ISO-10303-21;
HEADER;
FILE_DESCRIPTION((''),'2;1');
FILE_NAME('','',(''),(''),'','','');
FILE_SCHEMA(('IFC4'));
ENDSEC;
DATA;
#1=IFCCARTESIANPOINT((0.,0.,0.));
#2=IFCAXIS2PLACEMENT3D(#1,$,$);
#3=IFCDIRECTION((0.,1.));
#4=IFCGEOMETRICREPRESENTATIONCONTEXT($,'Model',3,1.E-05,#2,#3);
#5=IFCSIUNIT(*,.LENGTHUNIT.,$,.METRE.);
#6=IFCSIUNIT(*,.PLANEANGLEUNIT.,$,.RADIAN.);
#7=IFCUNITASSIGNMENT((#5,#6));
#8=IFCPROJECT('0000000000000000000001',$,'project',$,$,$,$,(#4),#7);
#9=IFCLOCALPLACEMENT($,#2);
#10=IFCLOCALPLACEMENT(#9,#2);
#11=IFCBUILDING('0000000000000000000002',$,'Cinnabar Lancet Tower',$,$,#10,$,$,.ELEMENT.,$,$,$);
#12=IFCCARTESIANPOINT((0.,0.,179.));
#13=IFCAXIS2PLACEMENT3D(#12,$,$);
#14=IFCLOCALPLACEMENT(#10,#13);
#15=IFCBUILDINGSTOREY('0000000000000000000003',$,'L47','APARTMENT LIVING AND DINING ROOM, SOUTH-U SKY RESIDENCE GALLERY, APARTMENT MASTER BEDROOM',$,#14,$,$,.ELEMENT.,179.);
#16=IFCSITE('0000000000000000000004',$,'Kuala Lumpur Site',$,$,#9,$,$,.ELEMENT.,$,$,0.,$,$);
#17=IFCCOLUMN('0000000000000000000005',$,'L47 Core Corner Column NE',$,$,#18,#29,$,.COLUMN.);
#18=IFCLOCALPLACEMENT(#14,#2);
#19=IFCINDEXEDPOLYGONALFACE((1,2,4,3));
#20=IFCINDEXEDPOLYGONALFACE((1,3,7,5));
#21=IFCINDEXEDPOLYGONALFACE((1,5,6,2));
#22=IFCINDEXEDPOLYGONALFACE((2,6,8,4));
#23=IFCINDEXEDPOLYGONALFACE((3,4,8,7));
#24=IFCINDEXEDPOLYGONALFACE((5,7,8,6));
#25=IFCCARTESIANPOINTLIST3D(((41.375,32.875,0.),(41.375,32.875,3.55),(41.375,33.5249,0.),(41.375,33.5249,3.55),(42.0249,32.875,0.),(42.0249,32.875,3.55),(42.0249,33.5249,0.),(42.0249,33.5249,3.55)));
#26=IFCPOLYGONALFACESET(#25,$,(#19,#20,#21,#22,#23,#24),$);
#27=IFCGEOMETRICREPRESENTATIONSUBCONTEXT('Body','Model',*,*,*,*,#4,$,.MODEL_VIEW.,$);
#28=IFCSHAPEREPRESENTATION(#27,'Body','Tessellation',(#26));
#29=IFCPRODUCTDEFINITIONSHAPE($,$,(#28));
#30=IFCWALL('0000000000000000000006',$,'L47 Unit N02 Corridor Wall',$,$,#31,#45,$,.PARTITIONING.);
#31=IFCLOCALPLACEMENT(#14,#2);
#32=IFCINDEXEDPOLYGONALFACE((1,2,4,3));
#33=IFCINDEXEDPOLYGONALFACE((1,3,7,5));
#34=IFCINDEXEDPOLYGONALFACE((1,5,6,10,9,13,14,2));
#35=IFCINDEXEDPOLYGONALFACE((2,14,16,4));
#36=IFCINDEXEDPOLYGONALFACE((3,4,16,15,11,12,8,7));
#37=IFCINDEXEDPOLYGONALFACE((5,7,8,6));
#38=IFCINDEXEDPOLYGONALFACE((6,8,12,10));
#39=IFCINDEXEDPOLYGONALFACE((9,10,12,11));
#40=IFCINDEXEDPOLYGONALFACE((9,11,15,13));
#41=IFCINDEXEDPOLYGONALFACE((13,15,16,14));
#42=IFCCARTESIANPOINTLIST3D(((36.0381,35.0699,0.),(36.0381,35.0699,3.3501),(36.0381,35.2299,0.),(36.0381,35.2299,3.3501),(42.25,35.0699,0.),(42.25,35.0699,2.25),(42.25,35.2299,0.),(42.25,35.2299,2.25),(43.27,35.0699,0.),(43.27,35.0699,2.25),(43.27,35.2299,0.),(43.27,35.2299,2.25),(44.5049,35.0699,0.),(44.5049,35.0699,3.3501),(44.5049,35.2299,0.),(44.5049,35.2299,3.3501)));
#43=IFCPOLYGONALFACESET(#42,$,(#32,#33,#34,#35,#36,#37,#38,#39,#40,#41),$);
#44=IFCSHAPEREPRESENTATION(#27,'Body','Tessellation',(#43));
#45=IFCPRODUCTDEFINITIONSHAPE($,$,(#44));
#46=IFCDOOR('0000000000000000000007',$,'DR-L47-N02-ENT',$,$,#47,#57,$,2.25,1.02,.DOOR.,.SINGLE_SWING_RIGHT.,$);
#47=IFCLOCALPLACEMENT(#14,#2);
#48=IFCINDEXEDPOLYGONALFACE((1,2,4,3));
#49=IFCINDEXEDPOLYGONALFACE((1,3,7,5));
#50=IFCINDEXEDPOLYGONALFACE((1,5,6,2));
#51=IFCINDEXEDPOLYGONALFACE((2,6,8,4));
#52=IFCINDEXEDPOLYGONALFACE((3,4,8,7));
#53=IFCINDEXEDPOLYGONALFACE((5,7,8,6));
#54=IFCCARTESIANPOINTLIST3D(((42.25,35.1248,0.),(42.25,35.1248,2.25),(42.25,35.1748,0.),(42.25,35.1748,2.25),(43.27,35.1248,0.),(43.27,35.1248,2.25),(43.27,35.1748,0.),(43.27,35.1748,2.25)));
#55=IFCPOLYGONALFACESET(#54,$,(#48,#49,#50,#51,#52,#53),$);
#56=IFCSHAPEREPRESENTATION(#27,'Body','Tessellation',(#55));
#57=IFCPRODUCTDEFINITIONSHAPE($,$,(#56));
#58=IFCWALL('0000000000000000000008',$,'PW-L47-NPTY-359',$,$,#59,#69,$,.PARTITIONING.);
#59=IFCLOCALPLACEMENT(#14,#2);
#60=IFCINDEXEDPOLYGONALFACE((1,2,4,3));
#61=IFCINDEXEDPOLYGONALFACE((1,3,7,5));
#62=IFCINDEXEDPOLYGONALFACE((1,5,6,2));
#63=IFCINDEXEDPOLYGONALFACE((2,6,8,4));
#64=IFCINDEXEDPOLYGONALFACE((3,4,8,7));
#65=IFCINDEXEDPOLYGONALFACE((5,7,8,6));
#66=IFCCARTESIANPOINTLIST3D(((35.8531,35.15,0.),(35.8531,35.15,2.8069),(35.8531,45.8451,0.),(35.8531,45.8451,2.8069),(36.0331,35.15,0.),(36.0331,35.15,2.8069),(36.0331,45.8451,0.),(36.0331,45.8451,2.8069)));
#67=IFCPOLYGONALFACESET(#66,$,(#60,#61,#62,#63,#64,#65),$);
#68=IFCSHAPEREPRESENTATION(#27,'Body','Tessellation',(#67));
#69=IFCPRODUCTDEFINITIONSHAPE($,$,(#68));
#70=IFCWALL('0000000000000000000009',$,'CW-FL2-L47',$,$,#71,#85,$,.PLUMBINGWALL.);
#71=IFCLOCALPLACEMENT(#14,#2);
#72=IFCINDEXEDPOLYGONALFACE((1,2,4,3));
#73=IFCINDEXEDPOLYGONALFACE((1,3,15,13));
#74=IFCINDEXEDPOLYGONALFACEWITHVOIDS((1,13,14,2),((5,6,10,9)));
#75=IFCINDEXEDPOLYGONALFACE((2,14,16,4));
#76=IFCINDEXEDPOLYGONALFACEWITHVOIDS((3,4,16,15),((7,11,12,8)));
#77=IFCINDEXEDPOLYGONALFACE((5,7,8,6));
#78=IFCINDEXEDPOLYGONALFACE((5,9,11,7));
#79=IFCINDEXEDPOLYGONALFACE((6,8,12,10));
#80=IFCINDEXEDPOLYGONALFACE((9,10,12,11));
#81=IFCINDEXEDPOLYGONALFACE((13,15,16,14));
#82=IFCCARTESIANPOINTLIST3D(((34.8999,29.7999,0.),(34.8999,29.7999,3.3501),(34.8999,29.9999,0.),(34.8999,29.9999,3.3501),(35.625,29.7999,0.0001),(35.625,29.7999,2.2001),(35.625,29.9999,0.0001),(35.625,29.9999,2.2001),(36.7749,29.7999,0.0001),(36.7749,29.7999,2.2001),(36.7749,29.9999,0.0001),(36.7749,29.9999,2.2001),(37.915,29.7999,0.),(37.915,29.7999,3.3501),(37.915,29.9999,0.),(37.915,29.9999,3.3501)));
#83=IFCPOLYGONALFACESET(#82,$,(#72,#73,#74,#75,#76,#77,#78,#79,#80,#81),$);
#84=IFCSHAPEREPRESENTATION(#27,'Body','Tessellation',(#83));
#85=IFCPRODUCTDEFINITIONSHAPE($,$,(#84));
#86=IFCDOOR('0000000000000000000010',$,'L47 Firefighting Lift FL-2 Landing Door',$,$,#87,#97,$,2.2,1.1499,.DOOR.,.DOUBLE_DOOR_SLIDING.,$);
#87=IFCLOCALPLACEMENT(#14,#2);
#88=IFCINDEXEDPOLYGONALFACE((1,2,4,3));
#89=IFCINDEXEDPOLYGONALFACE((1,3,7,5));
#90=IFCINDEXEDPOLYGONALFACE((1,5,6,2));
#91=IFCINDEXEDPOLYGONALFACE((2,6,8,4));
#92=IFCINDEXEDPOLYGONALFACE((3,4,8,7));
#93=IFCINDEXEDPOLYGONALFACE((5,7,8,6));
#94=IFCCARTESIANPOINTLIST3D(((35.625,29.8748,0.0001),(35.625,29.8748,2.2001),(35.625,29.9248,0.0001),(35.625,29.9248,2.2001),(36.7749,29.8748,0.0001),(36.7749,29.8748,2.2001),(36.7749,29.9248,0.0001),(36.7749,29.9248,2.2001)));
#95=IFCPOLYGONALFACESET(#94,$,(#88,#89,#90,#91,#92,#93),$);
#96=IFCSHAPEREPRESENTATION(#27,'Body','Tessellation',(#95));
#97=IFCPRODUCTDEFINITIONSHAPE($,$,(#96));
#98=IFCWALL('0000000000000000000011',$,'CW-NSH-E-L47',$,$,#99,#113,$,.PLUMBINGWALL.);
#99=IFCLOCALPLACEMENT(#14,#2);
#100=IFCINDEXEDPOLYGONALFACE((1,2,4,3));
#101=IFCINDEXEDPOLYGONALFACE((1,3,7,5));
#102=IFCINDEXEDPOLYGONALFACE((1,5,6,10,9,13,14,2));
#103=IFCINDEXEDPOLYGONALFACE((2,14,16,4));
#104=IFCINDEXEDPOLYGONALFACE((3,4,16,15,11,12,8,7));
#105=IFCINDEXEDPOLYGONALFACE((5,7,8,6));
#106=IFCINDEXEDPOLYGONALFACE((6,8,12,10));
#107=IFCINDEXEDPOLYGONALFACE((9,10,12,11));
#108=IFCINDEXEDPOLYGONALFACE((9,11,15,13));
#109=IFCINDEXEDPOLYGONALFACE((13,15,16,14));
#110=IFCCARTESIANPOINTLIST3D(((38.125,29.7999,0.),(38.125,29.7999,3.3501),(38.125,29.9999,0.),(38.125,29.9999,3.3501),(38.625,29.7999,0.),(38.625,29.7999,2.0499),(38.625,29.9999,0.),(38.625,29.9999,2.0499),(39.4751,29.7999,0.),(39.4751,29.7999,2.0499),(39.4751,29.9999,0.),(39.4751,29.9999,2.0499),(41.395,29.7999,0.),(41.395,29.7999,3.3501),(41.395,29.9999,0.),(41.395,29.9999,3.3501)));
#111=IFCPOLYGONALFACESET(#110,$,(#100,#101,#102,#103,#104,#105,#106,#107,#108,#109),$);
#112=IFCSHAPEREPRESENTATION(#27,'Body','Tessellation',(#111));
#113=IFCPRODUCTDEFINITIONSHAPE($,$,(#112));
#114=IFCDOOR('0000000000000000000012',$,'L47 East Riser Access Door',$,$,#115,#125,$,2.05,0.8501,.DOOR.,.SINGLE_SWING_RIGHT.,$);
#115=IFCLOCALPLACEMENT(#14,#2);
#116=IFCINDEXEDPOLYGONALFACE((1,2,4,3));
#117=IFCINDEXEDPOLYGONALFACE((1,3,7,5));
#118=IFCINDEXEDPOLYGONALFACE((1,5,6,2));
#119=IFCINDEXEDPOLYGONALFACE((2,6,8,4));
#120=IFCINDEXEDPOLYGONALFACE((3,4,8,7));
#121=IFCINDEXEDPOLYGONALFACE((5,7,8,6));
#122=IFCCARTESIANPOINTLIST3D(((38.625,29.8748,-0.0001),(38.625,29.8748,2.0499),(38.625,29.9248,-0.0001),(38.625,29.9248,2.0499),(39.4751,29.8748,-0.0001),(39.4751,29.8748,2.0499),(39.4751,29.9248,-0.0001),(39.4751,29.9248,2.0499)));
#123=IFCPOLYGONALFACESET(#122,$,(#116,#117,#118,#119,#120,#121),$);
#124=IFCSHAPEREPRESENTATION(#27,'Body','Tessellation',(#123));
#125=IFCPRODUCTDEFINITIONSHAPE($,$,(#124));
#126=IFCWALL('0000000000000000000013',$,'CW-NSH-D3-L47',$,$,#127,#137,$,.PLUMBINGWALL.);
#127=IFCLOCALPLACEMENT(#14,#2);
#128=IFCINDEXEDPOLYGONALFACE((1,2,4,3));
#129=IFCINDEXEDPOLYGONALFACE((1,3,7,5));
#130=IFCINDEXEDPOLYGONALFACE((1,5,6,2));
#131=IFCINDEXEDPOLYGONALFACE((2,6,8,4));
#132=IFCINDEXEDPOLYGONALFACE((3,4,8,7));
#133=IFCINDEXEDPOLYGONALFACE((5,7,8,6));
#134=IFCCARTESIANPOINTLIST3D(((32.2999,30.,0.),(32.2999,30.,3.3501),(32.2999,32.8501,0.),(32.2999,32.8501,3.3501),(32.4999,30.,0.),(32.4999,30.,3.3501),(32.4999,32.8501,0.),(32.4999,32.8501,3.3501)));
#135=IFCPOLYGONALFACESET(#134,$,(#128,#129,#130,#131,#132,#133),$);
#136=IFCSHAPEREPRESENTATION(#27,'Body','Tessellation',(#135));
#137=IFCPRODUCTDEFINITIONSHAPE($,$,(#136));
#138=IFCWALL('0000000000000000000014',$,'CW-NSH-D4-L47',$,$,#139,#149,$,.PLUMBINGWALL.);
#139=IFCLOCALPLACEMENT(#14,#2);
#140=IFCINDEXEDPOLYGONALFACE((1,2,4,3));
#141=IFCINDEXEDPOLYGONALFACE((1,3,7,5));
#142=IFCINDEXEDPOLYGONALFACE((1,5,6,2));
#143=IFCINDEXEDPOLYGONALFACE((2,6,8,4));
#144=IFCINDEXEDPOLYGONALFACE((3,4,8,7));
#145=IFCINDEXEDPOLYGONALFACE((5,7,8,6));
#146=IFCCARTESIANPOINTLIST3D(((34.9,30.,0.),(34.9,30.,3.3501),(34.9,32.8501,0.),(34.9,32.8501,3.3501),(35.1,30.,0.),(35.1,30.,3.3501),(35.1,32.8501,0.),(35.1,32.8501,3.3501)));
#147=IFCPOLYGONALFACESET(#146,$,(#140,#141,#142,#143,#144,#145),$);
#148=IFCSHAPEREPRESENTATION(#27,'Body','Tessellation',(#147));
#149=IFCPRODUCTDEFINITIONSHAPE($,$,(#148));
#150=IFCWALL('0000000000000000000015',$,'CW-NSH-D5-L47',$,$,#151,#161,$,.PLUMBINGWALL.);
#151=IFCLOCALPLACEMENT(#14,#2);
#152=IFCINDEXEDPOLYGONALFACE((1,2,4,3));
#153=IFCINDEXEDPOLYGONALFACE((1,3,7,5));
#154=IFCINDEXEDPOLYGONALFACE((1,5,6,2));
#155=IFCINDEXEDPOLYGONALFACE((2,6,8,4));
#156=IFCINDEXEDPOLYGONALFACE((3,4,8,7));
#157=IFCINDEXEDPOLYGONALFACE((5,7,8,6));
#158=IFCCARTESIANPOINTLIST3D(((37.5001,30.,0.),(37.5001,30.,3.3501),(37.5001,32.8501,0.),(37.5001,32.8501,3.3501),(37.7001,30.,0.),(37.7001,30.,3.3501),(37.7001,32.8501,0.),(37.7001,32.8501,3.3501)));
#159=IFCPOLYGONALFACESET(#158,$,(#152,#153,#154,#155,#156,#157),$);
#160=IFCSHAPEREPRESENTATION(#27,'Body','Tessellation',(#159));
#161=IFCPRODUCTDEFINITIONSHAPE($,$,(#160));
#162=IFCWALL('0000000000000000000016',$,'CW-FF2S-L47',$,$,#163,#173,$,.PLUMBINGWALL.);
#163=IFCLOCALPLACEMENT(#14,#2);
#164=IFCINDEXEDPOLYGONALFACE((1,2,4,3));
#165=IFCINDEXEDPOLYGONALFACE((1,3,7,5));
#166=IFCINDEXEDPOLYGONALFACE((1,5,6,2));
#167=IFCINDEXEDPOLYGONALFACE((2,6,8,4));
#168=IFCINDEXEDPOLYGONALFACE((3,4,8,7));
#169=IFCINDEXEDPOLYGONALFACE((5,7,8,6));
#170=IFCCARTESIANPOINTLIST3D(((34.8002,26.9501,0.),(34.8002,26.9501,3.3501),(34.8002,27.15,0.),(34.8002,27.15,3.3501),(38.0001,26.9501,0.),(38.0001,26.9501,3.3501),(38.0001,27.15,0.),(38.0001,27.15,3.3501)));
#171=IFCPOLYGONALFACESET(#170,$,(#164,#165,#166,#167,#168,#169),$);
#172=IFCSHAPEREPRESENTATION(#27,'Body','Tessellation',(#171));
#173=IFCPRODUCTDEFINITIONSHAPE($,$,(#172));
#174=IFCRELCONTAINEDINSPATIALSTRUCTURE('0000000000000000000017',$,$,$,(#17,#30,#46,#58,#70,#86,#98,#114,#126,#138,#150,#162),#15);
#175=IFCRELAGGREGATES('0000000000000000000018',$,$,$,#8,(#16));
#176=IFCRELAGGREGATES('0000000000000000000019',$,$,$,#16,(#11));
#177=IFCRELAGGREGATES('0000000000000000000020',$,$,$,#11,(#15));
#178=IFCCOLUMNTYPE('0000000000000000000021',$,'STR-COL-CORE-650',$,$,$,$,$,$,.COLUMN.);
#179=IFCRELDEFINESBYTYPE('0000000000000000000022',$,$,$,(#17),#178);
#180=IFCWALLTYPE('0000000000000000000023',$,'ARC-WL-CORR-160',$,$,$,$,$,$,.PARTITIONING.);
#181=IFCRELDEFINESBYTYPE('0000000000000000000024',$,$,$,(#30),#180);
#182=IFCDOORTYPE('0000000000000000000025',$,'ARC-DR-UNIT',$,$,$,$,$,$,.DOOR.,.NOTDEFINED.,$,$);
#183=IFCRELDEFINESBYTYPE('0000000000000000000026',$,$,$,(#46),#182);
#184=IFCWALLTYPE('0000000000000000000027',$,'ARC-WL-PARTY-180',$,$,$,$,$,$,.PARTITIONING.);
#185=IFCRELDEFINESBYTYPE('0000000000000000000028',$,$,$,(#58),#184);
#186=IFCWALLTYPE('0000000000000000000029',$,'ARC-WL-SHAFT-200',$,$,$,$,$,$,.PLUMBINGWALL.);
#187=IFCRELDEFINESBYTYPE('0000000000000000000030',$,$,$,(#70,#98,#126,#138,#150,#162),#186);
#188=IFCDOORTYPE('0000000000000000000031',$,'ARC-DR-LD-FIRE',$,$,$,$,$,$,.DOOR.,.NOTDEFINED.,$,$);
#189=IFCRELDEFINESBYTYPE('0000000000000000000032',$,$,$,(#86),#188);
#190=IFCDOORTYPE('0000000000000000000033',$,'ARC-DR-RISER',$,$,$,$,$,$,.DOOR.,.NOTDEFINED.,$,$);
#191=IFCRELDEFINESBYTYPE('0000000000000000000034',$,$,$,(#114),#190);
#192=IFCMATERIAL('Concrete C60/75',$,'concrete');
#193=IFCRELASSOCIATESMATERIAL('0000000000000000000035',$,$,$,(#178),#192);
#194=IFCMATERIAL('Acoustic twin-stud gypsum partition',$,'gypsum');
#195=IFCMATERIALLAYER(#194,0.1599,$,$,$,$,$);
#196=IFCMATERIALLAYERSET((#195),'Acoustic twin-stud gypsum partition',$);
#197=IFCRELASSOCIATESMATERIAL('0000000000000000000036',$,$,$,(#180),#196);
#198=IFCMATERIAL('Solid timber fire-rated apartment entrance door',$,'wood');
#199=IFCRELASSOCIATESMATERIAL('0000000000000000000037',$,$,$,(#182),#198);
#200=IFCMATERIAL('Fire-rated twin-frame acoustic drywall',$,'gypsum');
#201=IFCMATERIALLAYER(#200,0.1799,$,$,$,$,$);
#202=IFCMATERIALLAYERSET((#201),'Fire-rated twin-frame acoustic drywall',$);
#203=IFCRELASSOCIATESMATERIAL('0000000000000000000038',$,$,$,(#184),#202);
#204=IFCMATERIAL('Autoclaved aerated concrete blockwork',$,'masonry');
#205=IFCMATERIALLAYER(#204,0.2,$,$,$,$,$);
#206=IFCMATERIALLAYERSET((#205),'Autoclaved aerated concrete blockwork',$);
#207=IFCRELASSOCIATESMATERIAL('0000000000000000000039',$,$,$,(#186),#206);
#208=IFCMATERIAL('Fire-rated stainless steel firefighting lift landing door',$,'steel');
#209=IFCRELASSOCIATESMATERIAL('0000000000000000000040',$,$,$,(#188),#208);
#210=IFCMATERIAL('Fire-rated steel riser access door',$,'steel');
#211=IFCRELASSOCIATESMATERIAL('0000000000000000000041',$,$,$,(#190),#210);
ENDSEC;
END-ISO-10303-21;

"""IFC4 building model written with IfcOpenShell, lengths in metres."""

from ifc_helpers import new_model, si_unit, direction, frame, frame_2d, origin, origin_2d, place, context, subcontext, project, spatial, rectangle, extrude, material, layer, layer_set, material_profile, profile_set, type_object, element, fill, save


model = new_model("IFC4")

# Units and contexts
model_context = context("Model", 3, precision=1e-05, world=origin(), true_north=direction((0.0, 1.0)))
body_context = subcontext(model_context, "Body", "Model", "MODEL_VIEW")
ifc_project = project(units=[si_unit("LENGTHUNIT", "METRE"), si_unit("PLANEANGLEUNIT", "RADIAN")], contexts=[model_context])

# Site, building, storey
site_placement = place(None, origin())
site = spatial("IfcSite", under=ifc_project, at=site_placement, Name="Kuala Lumpur Site", CompositionType="ELEMENT", RefElevation=0.0)
building_placement = place(site_placement, origin())
building = spatial("IfcBuilding", under=site, at=building_placement, Name="Cinnabar Lancet Tower", CompositionType="ELEMENT")
storey_placement = place(building_placement, frame((0.0, 0.0, 179.0)))
storey = spatial("IfcBuildingStorey", under=building, at=storey_placement, Name="L47", Description="APARTMENT LIVING AND DINING ROOM, SOUTH-U SKY RESIDENCE GALLERY, APARTMENT MASTER BEDROOM", CompositionType="ELEMENT", Elevation=179.0)

# Column
ifc_material_1 = material(Name="Concrete C60/75", Category="concrete")
ifc_material_profile = material_profile(ifc_material_1, rectangle(XDim=0.6499, YDim=0.6499, at=origin_2d()), Name="RC-COL 650x650")
ifc_profile_set = profile_set([ifc_material_profile], Name="Concrete C60/75")
column_type = type_object("IfcColumnType", Name="STR-COL-CORE-650", PredefinedType="COLUMN", material=ifc_profile_set)
column_placement = place(storey_placement, frame((41.7, 33.2, 0.0), z_axis=(0.0, 0.0, 1.0), x_axis=(1.0, 0.0, 0.0)))
element("IfcColumn", 1, at=column_placement, inside=storey, type_object=column_type, Name="L47 Core Corner Column NE", PredefinedType="COLUMN", context=body_context, shape_type="SweptSolid", body=[
    extrude(rectangle(XDim=0.6499, YDim=0.6499, at=origin_2d()), origin(), (0.0, 0.0, 1.0), 3.55),
])

# Wall, opening, door
ifc_material_2 = material(Name="Acoustic twin-stud gypsum partition", Category="gypsum")
ifc_layer_1 = layer(ifc_material_2, 0.1599)
ifc_layer_set_1 = layer_set([ifc_layer_1], Name="Acoustic twin-stud gypsum partition")
wall_type_1 = type_object("IfcWallType", Name="ARC-WL-CORR-160", PredefinedType="PARTITIONING", material=ifc_layer_set_1)
wall_1_placement = place(storey_placement, frame((36.0381, 35.1499, 0.0), z_axis=(0.0, 0.0, 1.0), x_axis=(1.0, 0.0, 0.0)))
wall_1 = element("IfcWall", 2, at=wall_1_placement, inside=storey, type_object=wall_type_1, Name="L47 Unit N02 Corridor Wall", PredefinedType="PARTITIONING", context=body_context, shape_type="SweptSolid", body=[
    extrude(rectangle(XDim=8.4668, YDim=0.1599, at=frame_2d((4.2334, 0.0))), origin(), (0.0, 0.0, 1.0), 3.3501),
])
opening_1_placement = place(wall_1_placement, frame((6.2119, 0.0, 0.0)))
opening_1 = element("IfcOpeningElement", 3, at=opening_1_placement, cuts=wall_1, PredefinedType="OPENING", context=body_context, shape_type="SweptSolid", body=[
    extrude(rectangle(XDim=1.02, YDim=2.25, at=frame_2d((0.51, 1.125))), frame((0.0, 0.0898, 0.0), z_axis=(0.0, -1.0, 0.0), x_axis=(1.0, 0.0, 0.0)), (0.0, 0.0, 1.0), 0.1799),
])
ifc_material_3 = material(Name="Solid timber fire-rated apartment entrance door", Category="wood")
door_type_1 = type_object("IfcDoorType", Name="ARC-DR-UNIT", OperationType="NOTDEFINED", PredefinedType="DOOR", material=ifc_material_3)
door_1_placement = place(opening_1_placement, origin())
door_1 = element("IfcDoor", 4, at=door_1_placement, inside=storey, type_object=door_type_1, Name="DR-L47-N02-ENT", OperationType="SINGLE_SWING_RIGHT", OverallHeight=2.25, OverallWidth=1.02, PredefinedType="DOOR", context=body_context, shape_type="SweptSolid", body=[
    extrude(rectangle(XDim=1.02, YDim=2.25, at=frame_2d((0.51, 1.125))), frame((0.0, 0.0249, 0.0), z_axis=(0.0, -1.0, 0.0), x_axis=(1.0, 0.0, 0.0)), (0.0, 0.0, 1.0), 0.05),
])
fill(opening_1, door_1)

# Wall
ifc_material_4 = material(Name="Fire-rated twin-frame acoustic drywall", Category="gypsum")
ifc_layer_2 = layer(ifc_material_4, 0.1799)
ifc_layer_set_2 = layer_set([ifc_layer_2], Name="Fire-rated twin-frame acoustic drywall")
wall_type_2 = type_object("IfcWallType", Name="ARC-WL-PARTY-180", PredefinedType="PARTITIONING", material=ifc_layer_set_2)
wall_2_placement = place(storey_placement, frame((35.9431, 35.1499, 0.0), z_axis=(0.0, 0.0, 1.0), x_axis=(0.0, 1.0, 0.0)))
element("IfcWall", 5, at=wall_2_placement, inside=storey, type_object=wall_type_2, Name="PW-L47-NPTY-359", PredefinedType="PARTITIONING", context=body_context, shape_type="SweptSolid", body=[
    extrude(rectangle(XDim=10.6951, YDim=0.1799, at=frame_2d((5.3477, 0.0))), origin(), (0.0, 0.0, 1.0), 2.8069),
])

# Walls, openings, doors
ifc_material_5 = material(Name="Autoclaved aerated concrete blockwork", Category="masonry")
ifc_layer_3 = layer(ifc_material_5, 0.2)
ifc_layer_set_3 = layer_set([ifc_layer_3], Name="Autoclaved aerated concrete blockwork")
wall_type_3 = type_object("IfcWallType", Name="ARC-WL-SHAFT-200", PredefinedType="PLUMBINGWALL", material=ifc_layer_set_3)
wall_3_placement = place(storey_placement, frame((34.8999, 29.8999, 0.0), z_axis=(0.0, 0.0, 1.0), x_axis=(1.0, 0.0, 0.0)))
wall_3 = element("IfcWall", 6, at=wall_3_placement, inside=storey, type_object=wall_type_3, Name="CW-FL2-L47", PredefinedType="PLUMBINGWALL", context=body_context, shape_type="SweptSolid", body=[
    extrude(rectangle(XDim=3.0151, YDim=0.2, at=frame_2d((1.5076, 0.0))), origin(), (0.0, 0.0, 1.0), 3.3501),
])
opening_2_placement = place(wall_3_placement, frame((0.7251, 0.0, 0.0)))
opening_2 = element("IfcOpeningElement", 7, at=opening_2_placement, cuts=wall_3, PredefinedType="OPENING", context=body_context, shape_type="SweptSolid", body=[
    extrude(rectangle(XDim=1.1499, YDim=2.2, at=frame_2d((0.575, 1.1001))), frame((0.0, 0.1099, 0.0), z_axis=(0.0, -1.0, 0.0), x_axis=(1.0, 0.0, 0.0)), (0.0, 0.0, 1.0), 0.22),
])
ifc_material_6 = material(Name="Fire-rated stainless steel firefighting lift landing door", Category="steel")
door_type_2 = type_object("IfcDoorType", Name="ARC-DR-LD-FIRE", OperationType="NOTDEFINED", PredefinedType="DOOR", material=ifc_material_6)
door_2_placement = place(opening_2_placement, origin())
door_2 = element("IfcDoor", 8, at=door_2_placement, inside=storey, type_object=door_type_2, Name="L47 Firefighting Lift FL-2 Landing Door", OperationType="DOUBLE_DOOR_SLIDING", OverallHeight=2.2, OverallWidth=1.1499, PredefinedType="DOOR", context=body_context, shape_type="SweptSolid", body=[
    extrude(rectangle(XDim=1.1499, YDim=2.2, at=frame_2d((0.575, 1.1001))), frame((0.0, 0.0249, 0.0), z_axis=(0.0, -1.0, 0.0), x_axis=(1.0, 0.0, 0.0)), (0.0, 0.0, 1.0), 0.05),
])
fill(opening_2, door_2)
wall_4_placement = place(storey_placement, frame((38.125, 29.8999, 0.0), z_axis=(0.0, 0.0, 1.0), x_axis=(1.0, 0.0, 0.0)))
wall_4 = element("IfcWall", 9, at=wall_4_placement, inside=storey, type_object=wall_type_3, Name="CW-NSH-E-L47", PredefinedType="PLUMBINGWALL", context=body_context, shape_type="SweptSolid", body=[
    extrude(rectangle(XDim=3.27, YDim=0.2, at=frame_2d((1.635, 0.0))), origin(), (0.0, 0.0, 1.0), 3.3501),
])
opening_3_placement = place(wall_4_placement, frame((0.5, 0.0, 0.0)))
opening_3 = element("IfcOpeningElement", 10, at=opening_3_placement, cuts=wall_4, PredefinedType="OPENING", context=body_context, shape_type="SweptSolid", body=[
    extrude(rectangle(XDim=0.8501, YDim=2.05, at=frame_2d((0.425, 1.0249))), frame((0.0, 0.1099, 0.0), z_axis=(0.0, -1.0, 0.0), x_axis=(1.0, 0.0, 0.0)), (0.0, 0.0, 1.0), 0.22),
])
ifc_material_7 = material(Name="Fire-rated steel riser access door", Category="steel")
door_type_3 = type_object("IfcDoorType", Name="ARC-DR-RISER", OperationType="NOTDEFINED", PredefinedType="DOOR", material=ifc_material_7)
door_3_placement = place(opening_3_placement, origin())
door_3 = element("IfcDoor", 11, at=door_3_placement, inside=storey, type_object=door_type_3, Name="L47 East Riser Access Door", OperationType="SINGLE_SWING_RIGHT", OverallHeight=2.05, OverallWidth=0.8501, PredefinedType="DOOR", context=body_context, shape_type="SweptSolid", body=[
    extrude(rectangle(XDim=0.8501, YDim=2.05, at=frame_2d((0.425, 1.0249))), frame((0.0, 0.0249, 0.0), z_axis=(0.0, -1.0, 0.0), x_axis=(1.0, 0.0, 0.0)), (0.0, 0.0, 1.0), 0.05),
])
fill(opening_3, door_3)

# Walls
for number, where, z_axis, x_axis, name in (
    (12, (32.3999, 30.0, 0.0), (0.0, 0.0, 1.0), (0.0, 1.0, 0.0), "CW-NSH-D3-L47"),
    (13, (35.0, 30.0, 0.0), (0.0, 0.0, 1.0), (0.0, 1.0, 0.0), "CW-NSH-D4-L47"),
    (14, (37.6001, 30.0, 0.0), (0.0, 0.0, 1.0), (0.0, 1.0, 0.0), "CW-NSH-D5-L47"),
):
    element("IfcWall", number, at=place(storey_placement, frame(where, z_axis=z_axis, x_axis=x_axis)), inside=storey, type_object=wall_type_3, Name=name, PredefinedType="PLUMBINGWALL", context=body_context, shape_type="SweptSolid", body=[
        extrude(rectangle(XDim=2.8501, YDim=0.2, at=frame_2d((1.425, 0.0))), origin(), (0.0, 0.0, 1.0), 3.3501),
    ])

# Wall
wall_5_placement = place(storey_placement, frame((34.8, 27.05, 0.0), z_axis=(0.0, 0.0, 1.0), x_axis=(1.0, 0.0, 0.0)))
element("IfcWall", 15, at=wall_5_placement, inside=storey, type_object=wall_type_3, Name="CW-FF2S-L47", PredefinedType="PLUMBINGWALL", context=body_context, shape_type="SweptSolid", body=[
    extrude(rectangle(XDim=3.2, YDim=0.2, at=frame_2d((1.6001, 0.0))), origin(), (0.0, 0.0, 1.0), 3.3501),
])

save(model, "model.ifc")
